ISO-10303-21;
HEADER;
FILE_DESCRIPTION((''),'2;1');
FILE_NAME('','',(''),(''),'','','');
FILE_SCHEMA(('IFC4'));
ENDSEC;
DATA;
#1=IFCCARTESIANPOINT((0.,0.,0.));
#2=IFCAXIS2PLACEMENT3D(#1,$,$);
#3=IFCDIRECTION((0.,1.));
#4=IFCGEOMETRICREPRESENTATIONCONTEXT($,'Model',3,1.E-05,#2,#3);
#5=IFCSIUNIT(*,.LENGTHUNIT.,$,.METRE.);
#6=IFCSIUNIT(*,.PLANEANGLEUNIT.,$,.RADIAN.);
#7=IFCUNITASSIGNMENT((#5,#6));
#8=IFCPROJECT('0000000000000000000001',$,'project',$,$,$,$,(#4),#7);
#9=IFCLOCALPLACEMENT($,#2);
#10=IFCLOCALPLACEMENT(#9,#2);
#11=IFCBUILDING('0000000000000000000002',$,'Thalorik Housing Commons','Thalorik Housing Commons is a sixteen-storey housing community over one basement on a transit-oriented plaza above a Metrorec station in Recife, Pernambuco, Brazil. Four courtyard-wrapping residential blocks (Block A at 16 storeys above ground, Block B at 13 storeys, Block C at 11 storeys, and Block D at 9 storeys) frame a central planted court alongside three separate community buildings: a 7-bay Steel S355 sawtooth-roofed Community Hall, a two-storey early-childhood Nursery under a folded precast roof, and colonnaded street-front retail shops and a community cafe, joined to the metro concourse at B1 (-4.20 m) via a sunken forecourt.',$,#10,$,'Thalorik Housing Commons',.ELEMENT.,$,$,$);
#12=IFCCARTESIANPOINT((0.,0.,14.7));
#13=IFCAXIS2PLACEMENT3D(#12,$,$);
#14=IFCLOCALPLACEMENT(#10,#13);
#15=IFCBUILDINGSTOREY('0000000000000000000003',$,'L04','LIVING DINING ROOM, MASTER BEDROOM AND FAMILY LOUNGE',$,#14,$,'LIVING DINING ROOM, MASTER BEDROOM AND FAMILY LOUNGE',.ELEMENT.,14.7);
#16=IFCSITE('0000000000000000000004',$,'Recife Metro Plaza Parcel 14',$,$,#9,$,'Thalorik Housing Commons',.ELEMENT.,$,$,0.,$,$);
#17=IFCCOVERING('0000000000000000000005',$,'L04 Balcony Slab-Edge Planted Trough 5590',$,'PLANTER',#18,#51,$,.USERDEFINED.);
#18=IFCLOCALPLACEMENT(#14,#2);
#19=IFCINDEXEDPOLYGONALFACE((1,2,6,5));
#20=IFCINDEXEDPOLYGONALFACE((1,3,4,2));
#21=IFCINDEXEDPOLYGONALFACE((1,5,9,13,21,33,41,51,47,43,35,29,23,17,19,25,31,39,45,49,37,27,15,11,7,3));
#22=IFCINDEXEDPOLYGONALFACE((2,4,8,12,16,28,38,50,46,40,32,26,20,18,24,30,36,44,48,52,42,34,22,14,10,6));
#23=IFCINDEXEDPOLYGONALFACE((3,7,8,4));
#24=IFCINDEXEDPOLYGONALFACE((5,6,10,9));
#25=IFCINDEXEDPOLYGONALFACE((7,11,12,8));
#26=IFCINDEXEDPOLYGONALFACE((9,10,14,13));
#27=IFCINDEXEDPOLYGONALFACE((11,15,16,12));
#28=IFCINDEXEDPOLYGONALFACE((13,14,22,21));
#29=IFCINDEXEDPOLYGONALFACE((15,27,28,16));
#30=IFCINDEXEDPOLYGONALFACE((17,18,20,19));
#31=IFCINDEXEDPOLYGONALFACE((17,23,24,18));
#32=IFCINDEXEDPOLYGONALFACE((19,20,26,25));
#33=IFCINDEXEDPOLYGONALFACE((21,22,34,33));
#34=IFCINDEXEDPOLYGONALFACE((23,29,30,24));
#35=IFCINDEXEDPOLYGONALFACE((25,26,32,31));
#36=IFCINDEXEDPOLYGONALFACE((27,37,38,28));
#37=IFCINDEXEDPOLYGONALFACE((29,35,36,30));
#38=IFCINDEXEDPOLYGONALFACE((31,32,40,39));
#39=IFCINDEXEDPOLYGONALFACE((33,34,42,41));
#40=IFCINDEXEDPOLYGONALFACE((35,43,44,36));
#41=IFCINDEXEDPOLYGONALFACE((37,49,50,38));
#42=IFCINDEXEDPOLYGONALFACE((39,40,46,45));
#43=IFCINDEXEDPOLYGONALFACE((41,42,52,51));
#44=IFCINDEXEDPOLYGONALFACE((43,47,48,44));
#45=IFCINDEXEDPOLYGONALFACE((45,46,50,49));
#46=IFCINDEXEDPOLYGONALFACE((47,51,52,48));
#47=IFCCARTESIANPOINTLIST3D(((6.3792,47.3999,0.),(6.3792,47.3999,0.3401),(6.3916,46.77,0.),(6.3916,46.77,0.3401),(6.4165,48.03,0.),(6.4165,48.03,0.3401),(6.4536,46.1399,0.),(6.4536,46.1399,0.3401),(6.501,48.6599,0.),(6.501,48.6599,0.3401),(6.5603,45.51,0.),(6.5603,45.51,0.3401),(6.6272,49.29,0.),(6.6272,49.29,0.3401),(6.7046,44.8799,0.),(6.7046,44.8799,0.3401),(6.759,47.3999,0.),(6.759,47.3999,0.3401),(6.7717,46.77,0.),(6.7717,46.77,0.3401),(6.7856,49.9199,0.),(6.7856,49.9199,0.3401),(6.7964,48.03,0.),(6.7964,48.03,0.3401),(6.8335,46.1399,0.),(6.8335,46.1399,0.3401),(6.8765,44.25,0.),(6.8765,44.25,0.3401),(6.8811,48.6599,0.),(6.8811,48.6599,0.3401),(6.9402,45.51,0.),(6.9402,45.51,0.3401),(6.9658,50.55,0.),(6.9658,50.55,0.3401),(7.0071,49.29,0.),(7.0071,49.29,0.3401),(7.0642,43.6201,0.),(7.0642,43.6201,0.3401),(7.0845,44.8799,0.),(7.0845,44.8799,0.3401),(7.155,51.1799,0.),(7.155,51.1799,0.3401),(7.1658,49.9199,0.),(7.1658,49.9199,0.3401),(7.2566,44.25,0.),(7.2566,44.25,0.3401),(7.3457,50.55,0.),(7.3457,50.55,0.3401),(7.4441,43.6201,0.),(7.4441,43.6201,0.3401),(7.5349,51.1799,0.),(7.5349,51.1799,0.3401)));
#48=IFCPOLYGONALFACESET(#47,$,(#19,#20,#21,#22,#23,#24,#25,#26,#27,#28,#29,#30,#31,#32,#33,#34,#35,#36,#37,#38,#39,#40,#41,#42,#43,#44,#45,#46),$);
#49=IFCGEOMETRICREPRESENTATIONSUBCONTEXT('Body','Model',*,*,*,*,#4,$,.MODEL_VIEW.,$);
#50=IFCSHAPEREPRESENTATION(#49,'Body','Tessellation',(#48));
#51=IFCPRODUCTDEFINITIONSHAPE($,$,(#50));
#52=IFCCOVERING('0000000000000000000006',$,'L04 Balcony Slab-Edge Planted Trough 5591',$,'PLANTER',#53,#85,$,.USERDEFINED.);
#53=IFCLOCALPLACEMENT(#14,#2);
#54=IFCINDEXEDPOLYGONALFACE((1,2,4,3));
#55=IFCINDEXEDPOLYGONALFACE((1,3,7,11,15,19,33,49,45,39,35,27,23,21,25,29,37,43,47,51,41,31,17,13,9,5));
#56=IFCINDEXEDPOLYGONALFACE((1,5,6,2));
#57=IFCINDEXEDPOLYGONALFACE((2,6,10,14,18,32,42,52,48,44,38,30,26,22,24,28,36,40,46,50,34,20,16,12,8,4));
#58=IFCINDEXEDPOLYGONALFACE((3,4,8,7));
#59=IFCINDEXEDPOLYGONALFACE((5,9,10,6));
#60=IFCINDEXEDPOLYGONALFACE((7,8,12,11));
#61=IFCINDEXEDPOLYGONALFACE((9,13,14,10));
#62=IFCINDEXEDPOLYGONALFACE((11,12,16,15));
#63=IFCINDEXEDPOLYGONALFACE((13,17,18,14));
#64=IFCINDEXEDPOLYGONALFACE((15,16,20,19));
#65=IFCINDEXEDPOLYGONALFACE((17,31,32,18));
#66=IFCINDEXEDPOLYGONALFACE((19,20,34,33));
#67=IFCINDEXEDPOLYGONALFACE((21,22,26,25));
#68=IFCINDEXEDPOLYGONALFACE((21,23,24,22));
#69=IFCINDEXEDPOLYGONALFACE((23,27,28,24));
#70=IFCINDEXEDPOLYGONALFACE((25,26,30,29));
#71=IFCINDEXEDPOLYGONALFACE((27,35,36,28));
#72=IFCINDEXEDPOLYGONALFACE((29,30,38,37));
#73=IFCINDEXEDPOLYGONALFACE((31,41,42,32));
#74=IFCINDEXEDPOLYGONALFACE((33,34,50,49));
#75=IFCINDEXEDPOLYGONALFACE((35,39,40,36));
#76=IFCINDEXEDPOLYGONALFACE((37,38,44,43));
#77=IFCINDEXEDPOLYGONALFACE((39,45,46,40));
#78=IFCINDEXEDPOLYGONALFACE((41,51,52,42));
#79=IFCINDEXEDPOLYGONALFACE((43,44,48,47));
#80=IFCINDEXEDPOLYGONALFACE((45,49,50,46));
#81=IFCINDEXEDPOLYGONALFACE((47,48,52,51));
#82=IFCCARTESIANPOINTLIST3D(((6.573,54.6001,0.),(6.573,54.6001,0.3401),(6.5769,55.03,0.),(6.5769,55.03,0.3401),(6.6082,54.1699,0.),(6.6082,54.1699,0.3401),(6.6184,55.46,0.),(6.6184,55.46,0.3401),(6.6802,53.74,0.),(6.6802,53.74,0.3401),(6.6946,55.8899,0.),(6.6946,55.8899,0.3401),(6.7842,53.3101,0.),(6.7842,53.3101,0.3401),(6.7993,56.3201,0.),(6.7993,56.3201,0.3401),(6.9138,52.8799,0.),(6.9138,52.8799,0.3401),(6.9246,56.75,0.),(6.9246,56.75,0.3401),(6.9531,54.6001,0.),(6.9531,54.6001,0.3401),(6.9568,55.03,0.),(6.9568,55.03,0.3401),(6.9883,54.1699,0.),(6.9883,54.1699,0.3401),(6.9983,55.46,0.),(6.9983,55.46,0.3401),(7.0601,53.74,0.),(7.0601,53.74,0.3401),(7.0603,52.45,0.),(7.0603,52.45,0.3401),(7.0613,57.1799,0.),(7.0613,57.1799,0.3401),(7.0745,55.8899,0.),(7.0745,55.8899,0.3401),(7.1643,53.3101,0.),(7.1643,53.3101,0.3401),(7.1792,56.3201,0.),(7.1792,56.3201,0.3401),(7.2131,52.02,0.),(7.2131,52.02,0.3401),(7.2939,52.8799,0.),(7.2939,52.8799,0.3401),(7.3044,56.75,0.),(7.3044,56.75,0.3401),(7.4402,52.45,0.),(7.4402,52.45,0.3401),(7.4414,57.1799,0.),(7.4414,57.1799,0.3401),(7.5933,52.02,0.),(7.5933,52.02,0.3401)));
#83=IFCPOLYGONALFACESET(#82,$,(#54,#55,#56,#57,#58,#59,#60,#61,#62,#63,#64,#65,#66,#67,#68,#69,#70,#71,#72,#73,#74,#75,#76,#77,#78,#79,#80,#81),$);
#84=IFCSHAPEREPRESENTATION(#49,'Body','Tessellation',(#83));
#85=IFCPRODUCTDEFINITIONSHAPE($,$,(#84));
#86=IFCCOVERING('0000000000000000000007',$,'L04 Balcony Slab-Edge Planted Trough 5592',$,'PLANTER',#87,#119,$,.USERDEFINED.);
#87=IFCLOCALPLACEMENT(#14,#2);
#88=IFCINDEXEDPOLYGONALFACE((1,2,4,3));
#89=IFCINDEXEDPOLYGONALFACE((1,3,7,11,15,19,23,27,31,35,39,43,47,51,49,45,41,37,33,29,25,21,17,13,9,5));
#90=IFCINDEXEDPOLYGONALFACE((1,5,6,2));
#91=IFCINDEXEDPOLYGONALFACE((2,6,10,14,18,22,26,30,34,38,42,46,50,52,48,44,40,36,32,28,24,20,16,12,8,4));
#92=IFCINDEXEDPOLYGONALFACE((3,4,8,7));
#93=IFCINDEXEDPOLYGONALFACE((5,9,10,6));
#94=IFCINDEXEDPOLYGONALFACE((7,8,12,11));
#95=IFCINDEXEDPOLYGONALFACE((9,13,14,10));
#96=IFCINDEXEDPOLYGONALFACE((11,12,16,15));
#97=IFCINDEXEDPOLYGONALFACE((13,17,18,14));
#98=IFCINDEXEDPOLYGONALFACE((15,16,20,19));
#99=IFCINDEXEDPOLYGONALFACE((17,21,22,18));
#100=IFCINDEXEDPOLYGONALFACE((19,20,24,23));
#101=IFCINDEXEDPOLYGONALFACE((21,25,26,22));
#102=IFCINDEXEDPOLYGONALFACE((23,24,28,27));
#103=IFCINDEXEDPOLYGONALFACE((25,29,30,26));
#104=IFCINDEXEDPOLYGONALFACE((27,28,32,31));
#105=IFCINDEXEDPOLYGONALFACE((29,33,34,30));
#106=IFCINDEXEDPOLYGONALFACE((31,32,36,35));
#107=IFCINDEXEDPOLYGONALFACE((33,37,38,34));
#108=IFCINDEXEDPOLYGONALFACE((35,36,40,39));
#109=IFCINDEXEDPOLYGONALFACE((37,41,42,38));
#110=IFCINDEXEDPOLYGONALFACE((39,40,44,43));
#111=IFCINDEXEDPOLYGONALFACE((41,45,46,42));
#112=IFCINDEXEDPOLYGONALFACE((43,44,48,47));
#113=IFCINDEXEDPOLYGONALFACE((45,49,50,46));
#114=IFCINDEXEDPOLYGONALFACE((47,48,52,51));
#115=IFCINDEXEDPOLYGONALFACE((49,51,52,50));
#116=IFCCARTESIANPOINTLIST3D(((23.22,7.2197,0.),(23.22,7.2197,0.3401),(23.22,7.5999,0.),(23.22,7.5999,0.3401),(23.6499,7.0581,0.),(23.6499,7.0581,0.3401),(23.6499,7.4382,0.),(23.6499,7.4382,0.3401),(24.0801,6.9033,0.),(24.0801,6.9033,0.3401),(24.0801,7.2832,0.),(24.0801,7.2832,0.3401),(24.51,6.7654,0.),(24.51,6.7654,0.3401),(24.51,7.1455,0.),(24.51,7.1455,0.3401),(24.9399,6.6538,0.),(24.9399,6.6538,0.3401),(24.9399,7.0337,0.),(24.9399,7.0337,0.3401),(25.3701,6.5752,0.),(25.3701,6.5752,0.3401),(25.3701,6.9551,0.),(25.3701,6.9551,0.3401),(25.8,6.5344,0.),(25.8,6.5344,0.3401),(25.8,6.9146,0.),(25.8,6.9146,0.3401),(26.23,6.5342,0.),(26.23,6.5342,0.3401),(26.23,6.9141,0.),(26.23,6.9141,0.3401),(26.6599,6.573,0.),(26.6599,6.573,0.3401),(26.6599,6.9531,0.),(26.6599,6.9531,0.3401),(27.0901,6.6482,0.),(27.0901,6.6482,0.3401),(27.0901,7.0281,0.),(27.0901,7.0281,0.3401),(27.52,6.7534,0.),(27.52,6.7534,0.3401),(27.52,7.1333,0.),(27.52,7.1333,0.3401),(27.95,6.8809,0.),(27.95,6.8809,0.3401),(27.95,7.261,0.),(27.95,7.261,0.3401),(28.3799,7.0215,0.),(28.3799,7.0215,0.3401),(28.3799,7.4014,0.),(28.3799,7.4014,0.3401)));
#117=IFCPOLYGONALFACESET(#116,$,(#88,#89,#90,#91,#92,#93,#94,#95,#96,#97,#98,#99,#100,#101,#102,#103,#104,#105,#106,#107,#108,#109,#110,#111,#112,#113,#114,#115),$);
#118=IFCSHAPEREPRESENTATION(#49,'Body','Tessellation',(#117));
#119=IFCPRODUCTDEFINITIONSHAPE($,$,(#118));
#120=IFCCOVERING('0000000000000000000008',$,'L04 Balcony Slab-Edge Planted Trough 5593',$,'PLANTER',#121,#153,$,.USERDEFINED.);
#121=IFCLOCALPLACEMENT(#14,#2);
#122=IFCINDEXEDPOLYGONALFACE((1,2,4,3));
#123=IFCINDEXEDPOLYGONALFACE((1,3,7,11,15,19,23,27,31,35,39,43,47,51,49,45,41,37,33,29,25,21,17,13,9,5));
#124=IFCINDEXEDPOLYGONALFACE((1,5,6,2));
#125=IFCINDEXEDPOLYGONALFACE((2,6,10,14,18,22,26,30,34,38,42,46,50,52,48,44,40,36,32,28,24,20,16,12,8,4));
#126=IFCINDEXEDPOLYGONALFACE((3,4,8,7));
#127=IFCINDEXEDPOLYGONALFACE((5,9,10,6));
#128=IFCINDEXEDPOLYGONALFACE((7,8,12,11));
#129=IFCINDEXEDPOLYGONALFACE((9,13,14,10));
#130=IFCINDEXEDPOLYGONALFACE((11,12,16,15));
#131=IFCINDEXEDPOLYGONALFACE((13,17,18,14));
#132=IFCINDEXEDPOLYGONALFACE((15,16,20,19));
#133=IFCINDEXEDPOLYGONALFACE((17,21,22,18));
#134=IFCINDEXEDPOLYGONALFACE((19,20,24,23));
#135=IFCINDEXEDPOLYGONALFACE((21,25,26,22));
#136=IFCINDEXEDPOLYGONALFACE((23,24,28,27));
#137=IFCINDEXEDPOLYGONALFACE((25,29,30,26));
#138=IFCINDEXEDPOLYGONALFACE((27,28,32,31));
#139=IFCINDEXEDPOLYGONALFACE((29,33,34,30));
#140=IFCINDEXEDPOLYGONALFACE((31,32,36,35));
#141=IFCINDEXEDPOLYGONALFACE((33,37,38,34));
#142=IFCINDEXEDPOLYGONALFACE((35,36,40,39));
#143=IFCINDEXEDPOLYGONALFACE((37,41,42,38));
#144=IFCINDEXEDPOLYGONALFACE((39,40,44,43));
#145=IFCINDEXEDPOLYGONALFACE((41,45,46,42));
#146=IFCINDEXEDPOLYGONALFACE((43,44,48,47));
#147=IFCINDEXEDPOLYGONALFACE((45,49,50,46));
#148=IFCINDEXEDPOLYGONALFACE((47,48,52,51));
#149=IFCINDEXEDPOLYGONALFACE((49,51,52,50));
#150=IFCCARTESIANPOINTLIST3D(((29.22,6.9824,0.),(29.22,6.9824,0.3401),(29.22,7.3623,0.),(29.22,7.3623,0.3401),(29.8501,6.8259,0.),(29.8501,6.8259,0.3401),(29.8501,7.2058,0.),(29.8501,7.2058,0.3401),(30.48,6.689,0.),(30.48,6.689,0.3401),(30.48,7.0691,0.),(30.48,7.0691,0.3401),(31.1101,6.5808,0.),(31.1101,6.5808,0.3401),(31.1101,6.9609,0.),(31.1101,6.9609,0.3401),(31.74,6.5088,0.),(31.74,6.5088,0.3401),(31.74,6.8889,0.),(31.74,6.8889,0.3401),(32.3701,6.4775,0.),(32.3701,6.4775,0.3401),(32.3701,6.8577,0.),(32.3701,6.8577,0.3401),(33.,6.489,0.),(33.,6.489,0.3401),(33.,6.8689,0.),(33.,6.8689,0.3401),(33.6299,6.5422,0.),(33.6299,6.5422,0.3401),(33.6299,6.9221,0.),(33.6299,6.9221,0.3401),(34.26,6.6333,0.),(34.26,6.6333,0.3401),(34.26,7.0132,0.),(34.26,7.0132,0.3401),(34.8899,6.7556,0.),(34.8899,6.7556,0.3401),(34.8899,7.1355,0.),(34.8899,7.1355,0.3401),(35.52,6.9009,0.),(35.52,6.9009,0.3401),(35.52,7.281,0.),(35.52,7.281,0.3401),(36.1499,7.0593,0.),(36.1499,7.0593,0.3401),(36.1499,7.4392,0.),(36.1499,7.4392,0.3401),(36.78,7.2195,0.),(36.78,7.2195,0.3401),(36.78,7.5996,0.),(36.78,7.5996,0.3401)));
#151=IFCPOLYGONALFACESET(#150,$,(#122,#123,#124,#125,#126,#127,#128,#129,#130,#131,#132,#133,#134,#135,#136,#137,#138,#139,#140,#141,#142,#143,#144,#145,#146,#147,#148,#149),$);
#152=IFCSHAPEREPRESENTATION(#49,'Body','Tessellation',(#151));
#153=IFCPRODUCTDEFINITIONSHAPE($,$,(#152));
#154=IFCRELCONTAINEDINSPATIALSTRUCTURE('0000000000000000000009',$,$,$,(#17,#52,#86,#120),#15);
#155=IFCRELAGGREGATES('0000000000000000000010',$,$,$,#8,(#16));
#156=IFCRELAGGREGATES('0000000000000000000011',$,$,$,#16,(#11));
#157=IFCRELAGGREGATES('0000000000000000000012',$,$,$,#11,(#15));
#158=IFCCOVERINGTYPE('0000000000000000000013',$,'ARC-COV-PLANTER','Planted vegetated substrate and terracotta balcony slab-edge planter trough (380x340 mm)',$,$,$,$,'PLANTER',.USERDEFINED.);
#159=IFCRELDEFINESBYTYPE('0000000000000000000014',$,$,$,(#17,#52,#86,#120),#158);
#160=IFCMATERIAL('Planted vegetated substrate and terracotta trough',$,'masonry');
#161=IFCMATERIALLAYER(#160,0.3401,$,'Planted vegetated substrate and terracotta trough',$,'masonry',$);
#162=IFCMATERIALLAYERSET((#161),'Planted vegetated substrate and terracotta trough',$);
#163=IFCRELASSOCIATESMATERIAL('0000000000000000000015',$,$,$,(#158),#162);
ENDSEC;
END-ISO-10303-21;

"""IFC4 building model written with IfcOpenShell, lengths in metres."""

from ifc_helpers import new_model, si_unit, direction, frame, origin, place, context, subcontext, project, spatial, polyline, outline, extrude, material, layer, layer_set, type_object, element, save


model = new_model("IFC4")

# Units and contexts
model_context = context("Model", 3, precision=1e-05, world=origin(), true_north=direction((0.0, 1.0)))
body_context = subcontext(model_context, "Body", "Model", "MODEL_VIEW")
ifc_project = project(units=[si_unit("LENGTHUNIT", "METRE"), si_unit("PLANEANGLEUNIT", "RADIAN")], contexts=[model_context])

# Site, building, storey
site_placement = place(None, origin())
site = spatial("IfcSite", under=ifc_project, at=site_placement, Name="Recife Metro Plaza Parcel 14", LongName="Thalorik Housing Commons", CompositionType="ELEMENT", RefElevation=0.0)
building_placement = place(site_placement, origin())
building = spatial("IfcBuilding", under=site, at=building_placement, Name="Thalorik Housing Commons", Description="Thalorik Housing Commons is a sixteen-storey housing community over one basement on a transit-oriented plaza above a Metrorec station in Recife, Pernambuco, Brazil. Four courtyard-wrapping residential blocks (Block A at 16 storeys above ground, Block B at 13 storeys, Block C at 11 storeys, and Block D at 9 storeys) frame a central planted court alongside three separate community buildings: a 7-bay Steel S355 sawtooth-roofed Community Hall, a two-storey early-childhood Nursery under a folded precast roof, and colonnaded street-front retail shops and a community cafe, joined to the metro concourse at B1 (-4.20 m) via a sunken forecourt.", LongName="Thalorik Housing Commons", CompositionType="ELEMENT")
storey_placement = place(building_placement, frame((0.0, 0.0, 14.7)))
storey = spatial("IfcBuildingStorey", under=building, at=storey_placement, Name="L04", Description="LIVING DINING ROOM, MASTER BEDROOM AND FAMILY LOUNGE", LongName="LIVING DINING ROOM, MASTER BEDROOM AND FAMILY LOUNGE", CompositionType="ELEMENT", Elevation=14.7)

# Coverings
ifc_material_1 = material(Name="Planted vegetated substrate and terracotta trough", Category="masonry")
ifc_layer_1 = layer(ifc_material_1, 0.3401, Name="Planted vegetated substrate and terracotta trough", Category="masonry")
ifc_layer_set_1 = layer_set([ifc_layer_1], Name="Planted vegetated substrate and terracotta trough")
covering_type = type_object("IfcCoveringType", Name="ARC-COV-PLANTER", Description="Planted vegetated substrate and terracotta balcony slab-edge planter trough (380x340 mm)", ElementType="PLANTER", PredefinedType="USERDEFINED", material=ifc_layer_set_1)
covering_1_placement = place(storey_placement, origin())
element("IfcCovering", 1, at=covering_1_placement, inside=storey, type_object=covering_type, Name="L04 Balcony Slab-Edge Planted Trough 5590", ObjectType="PLANTER", PredefinedType="USERDEFINED", context=body_context, shape_type="SweptSolid", body=[
    extrude(outline(polyline([(7.155, 51.1799), (6.9658, 50.55), (6.7856, 49.9199), (6.6272, 49.29), (6.501, 48.6599), (6.4165, 48.03), (6.3792, 47.3999), (6.3916, 46.77), (6.4536, 46.1399), (6.5603, 45.51), (6.7046, 44.8799), (6.8765, 44.25), (7.0642, 43.6201), (7.4441, 43.6201), (7.2566, 44.25), (7.0845, 44.8799), (6.9402, 45.51), (6.8335, 46.1399), (6.7717, 46.77), (6.759, 47.3999), (6.7964, 48.03), (6.8811, 48.6599), (7.0071, 49.29), (7.1658, 49.9199), (7.3457, 50.55), (7.5349, 51.1799), (7.155, 51.1799)])), origin(), (0.0, 0.0, 1.0), 0.3401),
])
covering_2_placement = place(storey_placement, origin())
element("IfcCovering", 2, at=covering_2_placement, inside=storey, type_object=covering_type, Name="L04 Balcony Slab-Edge Planted Trough 5591", ObjectType="PLANTER", PredefinedType="USERDEFINED", context=body_context, shape_type="SweptSolid", body=[
    extrude(outline(polyline([(7.0613, 57.1799), (6.9246, 56.75), (6.7993, 56.3201), (6.6946, 55.8899), (6.6184, 55.46), (6.5769, 55.03), (6.573, 54.6001), (6.6082, 54.1699), (6.6802, 53.74), (6.7842, 53.3101), (6.9138, 52.8799), (7.0603, 52.45), (7.2131, 52.02), (7.5933, 52.02), (7.4402, 52.45), (7.2939, 52.8799), (7.1643, 53.3101), (7.0601, 53.74), (6.9883, 54.1699), (6.9531, 54.6001), (6.9568, 55.03), (6.9983, 55.46), (7.0745, 55.8899), (7.1792, 56.3201), (7.3044, 56.75), (7.4414, 57.1799), (7.0613, 57.1799)])), origin(), (0.0, 0.0, 1.0), 0.3401),
])
covering_3_placement = place(storey_placement, origin())
element("IfcCovering", 3, at=covering_3_placement, inside=storey, type_object=covering_type, Name="L04 Balcony Slab-Edge Planted Trough 5592", ObjectType="PLANTER", PredefinedType="USERDEFINED", context=body_context, shape_type="SweptSolid", body=[
    extrude(outline(polyline([(23.22, 7.2197), (23.6499, 7.0581), (24.0801, 6.9033), (24.51, 6.7654), (24.9399, 6.6538), (25.3701, 6.5752), (25.8, 6.5344), (26.23, 6.5342), (26.6599, 6.573), (27.0901, 6.6482), (27.52, 6.7534), (27.95, 6.8809), (28.3799, 7.0215), (28.3799, 7.4014), (27.95, 7.261), (27.52, 7.1333), (27.0901, 7.0281), (26.6599, 6.9531), (26.23, 6.9141), (25.8, 6.9146), (25.3701, 6.9551), (24.9399, 7.0337), (24.51, 7.1455), (24.0801, 7.2832), (23.6499, 7.4382), (23.22, 7.5999), (23.22, 7.2197)])), origin(), (0.0, 0.0, 1.0), 0.3401),
])
covering_4_placement = place(storey_placement, origin())
element("IfcCovering", 4, at=covering_4_placement, inside=storey, type_object=covering_type, Name="L04 Balcony Slab-Edge Planted Trough 5593", ObjectType="PLANTER", PredefinedType="USERDEFINED", context=body_context, shape_type="SweptSolid", body=[
    extrude(outline(polyline([(29.22, 6.9824), (29.8501, 6.8259), (30.48, 6.689), (31.1101, 6.5808), (31.74, 6.5088), (32.3701, 6.4775), (33.0, 6.489), (33.6299, 6.5422), (34.26, 6.6333), (34.8899, 6.7556), (35.52, 6.9009), (36.1499, 7.0593), (36.78, 7.2195), (36.78, 7.5996), (36.1499, 7.4392), (35.52, 7.281), (34.8899, 7.1355), (34.26, 7.0132), (33.6299, 6.9221), (33.0, 6.8689), (32.3701, 6.8577), (31.74, 6.8889), (31.1101, 6.9609), (30.48, 7.0691), (29.8501, 7.2058), (29.22, 7.3623), (29.22, 6.9824)])), origin(), (0.0, 0.0, 1.0), 0.3401),
])

save(model, "model.ifc")
